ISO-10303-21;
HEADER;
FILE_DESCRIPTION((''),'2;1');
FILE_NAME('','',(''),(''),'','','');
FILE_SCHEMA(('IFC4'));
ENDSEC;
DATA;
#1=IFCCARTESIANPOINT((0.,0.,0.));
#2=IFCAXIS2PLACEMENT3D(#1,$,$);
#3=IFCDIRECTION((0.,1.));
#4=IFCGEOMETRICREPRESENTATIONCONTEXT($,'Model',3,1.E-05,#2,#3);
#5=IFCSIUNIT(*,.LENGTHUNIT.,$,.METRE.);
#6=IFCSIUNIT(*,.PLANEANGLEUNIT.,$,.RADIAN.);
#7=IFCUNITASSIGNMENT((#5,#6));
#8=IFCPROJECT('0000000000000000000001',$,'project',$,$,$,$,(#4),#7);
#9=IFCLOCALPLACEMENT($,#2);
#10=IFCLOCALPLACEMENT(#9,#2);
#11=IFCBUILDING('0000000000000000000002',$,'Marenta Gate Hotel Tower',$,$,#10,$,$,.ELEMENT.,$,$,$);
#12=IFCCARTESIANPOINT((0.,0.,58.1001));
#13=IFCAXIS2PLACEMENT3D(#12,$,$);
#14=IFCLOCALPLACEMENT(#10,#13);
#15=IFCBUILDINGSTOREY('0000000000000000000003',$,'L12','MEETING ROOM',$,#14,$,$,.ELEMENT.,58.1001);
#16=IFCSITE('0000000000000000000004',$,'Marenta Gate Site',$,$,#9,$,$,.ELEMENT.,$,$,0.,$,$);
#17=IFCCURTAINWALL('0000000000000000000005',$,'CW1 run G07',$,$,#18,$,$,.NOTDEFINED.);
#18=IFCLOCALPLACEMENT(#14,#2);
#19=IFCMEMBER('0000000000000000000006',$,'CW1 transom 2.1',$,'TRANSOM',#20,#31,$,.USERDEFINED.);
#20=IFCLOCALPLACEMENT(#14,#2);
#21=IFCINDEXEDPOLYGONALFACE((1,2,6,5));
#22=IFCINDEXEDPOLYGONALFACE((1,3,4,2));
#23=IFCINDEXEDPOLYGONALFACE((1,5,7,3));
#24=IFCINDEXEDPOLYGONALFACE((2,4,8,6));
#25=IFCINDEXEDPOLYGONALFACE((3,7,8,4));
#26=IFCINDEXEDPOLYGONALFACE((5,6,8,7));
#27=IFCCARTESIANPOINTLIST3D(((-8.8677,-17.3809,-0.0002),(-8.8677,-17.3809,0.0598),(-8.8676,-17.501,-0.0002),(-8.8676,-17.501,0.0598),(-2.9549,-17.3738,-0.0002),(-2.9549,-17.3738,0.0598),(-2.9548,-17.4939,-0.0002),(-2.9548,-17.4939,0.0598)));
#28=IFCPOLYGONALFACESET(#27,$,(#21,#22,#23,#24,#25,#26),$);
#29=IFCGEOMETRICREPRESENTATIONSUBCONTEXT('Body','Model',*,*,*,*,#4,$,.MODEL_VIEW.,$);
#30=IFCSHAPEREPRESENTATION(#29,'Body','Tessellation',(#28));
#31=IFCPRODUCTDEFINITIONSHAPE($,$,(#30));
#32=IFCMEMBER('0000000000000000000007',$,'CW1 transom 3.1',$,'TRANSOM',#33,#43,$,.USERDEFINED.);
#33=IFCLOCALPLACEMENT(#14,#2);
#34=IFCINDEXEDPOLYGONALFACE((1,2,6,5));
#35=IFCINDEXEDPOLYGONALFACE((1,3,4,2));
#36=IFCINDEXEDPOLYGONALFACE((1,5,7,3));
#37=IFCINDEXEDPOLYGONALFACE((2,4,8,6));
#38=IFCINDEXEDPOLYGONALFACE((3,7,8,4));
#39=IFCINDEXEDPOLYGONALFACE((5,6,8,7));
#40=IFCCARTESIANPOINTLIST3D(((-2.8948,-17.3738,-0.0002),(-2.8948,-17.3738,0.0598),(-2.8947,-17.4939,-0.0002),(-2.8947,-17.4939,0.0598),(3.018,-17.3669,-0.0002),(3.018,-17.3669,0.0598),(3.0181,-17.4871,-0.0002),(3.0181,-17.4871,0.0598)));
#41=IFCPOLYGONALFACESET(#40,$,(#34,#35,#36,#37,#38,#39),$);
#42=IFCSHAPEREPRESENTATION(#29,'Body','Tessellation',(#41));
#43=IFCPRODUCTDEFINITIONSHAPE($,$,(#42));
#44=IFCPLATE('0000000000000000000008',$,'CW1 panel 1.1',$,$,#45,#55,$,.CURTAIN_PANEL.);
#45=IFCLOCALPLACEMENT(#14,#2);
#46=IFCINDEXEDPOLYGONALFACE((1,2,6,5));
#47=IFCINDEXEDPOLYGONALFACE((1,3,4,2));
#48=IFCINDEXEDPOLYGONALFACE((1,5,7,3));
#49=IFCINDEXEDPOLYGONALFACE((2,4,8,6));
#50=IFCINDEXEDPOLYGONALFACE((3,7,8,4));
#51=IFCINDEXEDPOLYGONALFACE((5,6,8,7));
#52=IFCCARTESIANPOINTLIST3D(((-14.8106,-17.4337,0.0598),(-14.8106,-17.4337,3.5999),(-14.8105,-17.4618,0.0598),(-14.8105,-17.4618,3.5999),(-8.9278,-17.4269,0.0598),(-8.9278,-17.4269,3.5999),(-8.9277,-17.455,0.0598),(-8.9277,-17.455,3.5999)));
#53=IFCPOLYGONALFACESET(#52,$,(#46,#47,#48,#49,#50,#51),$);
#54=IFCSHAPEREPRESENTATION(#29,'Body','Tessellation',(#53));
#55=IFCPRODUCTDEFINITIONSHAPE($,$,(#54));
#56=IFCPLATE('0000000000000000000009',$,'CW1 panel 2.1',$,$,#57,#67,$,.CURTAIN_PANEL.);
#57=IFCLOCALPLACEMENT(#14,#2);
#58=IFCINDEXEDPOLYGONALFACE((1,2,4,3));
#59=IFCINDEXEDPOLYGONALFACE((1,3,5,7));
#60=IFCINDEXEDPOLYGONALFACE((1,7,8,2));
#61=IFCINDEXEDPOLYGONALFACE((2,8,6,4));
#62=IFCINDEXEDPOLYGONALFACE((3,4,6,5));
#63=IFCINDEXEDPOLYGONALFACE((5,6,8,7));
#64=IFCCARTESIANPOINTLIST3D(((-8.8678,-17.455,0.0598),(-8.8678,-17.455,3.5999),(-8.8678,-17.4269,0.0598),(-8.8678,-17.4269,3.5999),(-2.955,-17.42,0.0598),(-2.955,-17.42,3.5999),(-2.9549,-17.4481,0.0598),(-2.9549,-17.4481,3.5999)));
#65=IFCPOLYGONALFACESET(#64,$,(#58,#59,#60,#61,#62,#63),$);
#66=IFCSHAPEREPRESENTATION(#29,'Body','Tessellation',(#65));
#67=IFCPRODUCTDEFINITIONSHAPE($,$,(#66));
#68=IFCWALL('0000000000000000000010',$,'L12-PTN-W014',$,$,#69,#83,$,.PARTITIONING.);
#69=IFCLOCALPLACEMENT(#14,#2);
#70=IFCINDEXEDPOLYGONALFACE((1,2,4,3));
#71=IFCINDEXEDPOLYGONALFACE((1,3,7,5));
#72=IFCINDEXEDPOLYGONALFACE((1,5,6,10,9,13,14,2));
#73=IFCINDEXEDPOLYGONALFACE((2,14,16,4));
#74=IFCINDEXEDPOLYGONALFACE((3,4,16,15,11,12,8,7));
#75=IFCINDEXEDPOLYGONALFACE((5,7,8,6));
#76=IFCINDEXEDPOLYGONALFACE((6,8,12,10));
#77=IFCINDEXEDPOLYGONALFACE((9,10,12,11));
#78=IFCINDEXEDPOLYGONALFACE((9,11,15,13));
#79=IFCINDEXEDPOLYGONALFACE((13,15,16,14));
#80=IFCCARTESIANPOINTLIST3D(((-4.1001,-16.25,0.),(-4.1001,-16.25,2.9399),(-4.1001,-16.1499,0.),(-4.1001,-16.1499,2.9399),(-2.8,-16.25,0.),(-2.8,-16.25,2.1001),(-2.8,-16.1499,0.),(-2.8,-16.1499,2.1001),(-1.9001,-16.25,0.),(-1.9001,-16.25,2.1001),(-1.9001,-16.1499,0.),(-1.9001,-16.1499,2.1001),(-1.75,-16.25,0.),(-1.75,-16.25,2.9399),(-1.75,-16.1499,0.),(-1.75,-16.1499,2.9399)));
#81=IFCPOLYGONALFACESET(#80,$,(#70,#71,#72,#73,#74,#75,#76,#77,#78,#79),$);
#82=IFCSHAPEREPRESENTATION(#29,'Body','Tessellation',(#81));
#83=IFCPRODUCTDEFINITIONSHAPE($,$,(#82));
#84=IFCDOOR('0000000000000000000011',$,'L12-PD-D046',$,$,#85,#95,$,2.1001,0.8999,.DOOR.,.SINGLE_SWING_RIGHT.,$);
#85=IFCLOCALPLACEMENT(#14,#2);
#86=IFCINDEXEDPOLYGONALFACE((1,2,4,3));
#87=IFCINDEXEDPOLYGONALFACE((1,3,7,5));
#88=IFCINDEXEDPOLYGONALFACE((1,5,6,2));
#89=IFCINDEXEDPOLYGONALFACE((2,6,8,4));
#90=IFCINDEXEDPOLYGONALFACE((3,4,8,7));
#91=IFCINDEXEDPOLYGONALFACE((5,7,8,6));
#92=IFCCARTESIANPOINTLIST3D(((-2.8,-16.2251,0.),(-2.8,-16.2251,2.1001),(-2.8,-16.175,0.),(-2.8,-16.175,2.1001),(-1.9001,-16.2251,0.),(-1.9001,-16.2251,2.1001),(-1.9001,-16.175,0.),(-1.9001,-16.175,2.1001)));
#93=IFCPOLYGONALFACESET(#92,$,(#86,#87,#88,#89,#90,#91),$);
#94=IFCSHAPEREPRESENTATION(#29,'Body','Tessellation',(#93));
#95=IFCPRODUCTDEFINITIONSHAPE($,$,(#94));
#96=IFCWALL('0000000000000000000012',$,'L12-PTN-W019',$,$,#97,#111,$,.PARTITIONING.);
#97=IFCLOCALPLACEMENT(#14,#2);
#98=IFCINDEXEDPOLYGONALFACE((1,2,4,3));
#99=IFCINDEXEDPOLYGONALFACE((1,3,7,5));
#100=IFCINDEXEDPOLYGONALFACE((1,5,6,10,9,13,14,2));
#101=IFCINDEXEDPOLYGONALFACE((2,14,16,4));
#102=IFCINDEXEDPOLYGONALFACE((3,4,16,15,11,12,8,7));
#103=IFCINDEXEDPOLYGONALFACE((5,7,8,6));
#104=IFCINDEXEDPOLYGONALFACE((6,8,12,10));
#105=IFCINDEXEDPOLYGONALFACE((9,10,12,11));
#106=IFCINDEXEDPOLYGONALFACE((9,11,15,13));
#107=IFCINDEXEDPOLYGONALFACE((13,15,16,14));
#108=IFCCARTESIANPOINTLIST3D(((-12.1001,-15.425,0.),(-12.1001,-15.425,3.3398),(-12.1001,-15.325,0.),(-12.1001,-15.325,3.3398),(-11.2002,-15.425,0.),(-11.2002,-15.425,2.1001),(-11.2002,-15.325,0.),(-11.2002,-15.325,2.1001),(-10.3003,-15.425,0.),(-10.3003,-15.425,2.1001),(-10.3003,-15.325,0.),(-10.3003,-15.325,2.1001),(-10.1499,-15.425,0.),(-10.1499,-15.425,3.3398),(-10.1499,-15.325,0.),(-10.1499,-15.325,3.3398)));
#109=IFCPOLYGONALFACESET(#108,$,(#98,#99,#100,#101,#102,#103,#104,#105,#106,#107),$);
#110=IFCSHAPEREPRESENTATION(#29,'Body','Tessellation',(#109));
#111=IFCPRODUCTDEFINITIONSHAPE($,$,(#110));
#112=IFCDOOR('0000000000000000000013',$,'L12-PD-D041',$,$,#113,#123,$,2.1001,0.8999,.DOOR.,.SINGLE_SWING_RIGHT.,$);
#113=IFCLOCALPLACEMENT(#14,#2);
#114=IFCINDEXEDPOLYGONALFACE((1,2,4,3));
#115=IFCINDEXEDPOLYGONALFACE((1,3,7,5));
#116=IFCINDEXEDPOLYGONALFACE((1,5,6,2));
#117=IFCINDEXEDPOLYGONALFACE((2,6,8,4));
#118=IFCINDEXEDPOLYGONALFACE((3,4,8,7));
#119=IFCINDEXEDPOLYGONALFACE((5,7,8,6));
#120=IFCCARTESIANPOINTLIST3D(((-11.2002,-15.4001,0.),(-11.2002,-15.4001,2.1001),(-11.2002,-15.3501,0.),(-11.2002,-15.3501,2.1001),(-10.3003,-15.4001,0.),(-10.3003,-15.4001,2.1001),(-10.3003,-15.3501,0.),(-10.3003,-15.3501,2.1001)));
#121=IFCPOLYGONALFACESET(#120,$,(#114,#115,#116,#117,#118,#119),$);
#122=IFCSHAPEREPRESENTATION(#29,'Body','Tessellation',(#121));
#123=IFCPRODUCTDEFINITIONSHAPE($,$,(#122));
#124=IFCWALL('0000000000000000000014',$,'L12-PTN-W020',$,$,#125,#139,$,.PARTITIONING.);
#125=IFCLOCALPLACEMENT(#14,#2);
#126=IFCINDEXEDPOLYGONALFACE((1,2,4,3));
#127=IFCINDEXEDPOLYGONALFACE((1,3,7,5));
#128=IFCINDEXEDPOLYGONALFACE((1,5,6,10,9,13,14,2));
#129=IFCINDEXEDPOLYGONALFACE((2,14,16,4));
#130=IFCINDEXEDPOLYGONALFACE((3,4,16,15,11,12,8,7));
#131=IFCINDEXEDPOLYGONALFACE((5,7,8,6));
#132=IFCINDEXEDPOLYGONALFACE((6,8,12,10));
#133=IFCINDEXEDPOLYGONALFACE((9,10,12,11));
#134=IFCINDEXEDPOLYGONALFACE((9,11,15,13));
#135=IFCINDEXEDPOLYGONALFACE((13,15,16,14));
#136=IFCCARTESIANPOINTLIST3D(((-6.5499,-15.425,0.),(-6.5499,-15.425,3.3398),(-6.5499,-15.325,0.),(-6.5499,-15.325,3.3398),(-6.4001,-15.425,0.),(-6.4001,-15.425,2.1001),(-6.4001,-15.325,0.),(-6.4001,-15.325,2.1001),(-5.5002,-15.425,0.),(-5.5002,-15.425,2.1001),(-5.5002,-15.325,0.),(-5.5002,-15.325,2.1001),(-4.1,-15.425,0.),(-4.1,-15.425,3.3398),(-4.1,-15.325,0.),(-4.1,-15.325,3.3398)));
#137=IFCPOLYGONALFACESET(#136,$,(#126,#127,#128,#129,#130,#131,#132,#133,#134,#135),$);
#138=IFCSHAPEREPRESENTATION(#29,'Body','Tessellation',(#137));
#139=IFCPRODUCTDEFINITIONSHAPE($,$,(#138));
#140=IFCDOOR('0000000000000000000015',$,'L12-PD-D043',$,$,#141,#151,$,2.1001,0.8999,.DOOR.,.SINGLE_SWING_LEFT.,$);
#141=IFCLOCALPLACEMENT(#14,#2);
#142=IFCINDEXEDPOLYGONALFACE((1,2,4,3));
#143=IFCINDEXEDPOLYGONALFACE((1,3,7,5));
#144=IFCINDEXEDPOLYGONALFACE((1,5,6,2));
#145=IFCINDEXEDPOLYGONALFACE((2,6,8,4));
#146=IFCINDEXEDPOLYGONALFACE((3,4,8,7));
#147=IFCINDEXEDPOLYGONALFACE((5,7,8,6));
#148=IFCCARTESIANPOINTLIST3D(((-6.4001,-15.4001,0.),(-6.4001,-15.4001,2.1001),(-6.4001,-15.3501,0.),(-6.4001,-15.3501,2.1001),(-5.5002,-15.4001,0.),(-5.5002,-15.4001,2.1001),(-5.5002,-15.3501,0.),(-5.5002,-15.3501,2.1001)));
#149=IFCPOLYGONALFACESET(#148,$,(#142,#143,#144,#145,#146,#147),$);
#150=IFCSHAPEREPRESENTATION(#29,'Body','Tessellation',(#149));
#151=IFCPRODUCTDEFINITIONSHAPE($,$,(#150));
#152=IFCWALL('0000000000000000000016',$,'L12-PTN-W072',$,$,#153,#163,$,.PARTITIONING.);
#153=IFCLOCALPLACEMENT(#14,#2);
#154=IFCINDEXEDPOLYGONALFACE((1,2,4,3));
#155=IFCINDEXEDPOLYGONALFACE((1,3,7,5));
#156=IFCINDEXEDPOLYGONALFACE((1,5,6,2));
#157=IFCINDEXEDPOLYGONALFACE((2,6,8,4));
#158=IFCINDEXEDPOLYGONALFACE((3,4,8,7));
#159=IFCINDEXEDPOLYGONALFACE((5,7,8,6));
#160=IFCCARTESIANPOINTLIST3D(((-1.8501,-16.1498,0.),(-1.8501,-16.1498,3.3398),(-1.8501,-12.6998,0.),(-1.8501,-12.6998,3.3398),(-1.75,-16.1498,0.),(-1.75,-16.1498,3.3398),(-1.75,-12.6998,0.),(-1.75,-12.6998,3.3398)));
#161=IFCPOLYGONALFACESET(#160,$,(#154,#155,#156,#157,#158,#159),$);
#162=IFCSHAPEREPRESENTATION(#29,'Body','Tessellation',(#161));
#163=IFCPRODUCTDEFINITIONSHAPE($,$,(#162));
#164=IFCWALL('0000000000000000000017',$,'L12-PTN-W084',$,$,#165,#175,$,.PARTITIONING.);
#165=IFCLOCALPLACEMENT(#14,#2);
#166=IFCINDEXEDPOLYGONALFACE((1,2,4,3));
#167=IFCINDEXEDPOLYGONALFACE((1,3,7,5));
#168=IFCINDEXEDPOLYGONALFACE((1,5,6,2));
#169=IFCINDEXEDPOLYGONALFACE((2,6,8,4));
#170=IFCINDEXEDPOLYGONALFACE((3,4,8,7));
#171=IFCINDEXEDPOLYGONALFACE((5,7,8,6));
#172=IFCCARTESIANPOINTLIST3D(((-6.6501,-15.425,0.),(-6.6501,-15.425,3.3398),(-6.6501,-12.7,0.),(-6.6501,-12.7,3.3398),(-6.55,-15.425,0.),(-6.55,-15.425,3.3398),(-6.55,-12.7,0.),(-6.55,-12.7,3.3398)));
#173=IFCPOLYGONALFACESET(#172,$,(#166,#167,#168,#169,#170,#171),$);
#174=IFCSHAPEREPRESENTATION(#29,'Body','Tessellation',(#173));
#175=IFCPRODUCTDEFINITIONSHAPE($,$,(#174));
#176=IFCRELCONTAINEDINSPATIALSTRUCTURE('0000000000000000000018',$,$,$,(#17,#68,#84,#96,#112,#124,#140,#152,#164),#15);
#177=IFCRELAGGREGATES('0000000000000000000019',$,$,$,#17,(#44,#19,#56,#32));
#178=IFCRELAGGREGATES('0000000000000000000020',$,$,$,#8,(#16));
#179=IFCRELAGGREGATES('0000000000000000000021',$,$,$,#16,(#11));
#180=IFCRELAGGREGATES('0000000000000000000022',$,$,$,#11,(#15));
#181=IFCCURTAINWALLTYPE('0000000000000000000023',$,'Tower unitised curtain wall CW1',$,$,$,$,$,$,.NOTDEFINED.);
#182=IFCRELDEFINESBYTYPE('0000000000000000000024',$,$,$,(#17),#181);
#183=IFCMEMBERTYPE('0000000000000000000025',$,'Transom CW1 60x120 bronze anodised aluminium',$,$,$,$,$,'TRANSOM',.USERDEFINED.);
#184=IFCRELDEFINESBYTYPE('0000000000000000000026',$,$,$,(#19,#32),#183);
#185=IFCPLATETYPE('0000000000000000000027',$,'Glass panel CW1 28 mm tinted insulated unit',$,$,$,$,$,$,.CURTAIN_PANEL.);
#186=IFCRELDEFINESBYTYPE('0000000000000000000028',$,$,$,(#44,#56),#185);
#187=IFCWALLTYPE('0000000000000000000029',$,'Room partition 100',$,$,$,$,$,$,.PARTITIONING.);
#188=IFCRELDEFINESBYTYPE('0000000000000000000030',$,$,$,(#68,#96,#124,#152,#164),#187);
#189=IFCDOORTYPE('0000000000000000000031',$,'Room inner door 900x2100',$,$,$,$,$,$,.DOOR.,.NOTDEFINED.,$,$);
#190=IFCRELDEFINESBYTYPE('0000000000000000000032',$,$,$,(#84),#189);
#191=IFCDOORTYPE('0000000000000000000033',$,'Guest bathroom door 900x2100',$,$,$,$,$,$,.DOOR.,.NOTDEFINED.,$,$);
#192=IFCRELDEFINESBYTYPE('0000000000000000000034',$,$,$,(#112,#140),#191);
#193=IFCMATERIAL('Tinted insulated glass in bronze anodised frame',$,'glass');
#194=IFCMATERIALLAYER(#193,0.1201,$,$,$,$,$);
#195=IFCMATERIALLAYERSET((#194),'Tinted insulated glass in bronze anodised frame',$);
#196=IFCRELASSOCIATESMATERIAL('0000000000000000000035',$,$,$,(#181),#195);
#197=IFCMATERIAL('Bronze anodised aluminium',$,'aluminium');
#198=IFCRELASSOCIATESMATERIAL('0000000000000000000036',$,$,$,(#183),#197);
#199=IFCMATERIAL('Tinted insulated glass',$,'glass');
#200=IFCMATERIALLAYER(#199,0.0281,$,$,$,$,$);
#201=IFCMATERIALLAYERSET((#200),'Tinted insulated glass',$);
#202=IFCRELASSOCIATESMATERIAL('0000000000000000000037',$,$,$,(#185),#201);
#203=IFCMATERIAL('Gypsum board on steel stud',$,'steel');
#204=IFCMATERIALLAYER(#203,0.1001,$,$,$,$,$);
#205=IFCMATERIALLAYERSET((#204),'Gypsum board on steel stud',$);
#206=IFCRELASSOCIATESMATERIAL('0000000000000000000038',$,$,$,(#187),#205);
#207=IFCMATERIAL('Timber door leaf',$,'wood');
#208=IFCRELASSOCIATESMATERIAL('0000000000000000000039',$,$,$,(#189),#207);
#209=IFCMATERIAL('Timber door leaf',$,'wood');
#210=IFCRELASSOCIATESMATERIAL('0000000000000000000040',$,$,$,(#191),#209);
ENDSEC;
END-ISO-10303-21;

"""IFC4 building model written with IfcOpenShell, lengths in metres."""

from ifc_helpers import new_model, si_unit, direction, frame, frame_2d, origin, origin_2d, place, context, subcontext, project, spatial, rectangle, extrude, material, layer, layer_set, material_profile, profile_set, type_object, element, fill, aggregate, save


model = new_model("IFC4")

# Units and contexts
model_context = context("Model", 3, precision=1e-05, world=origin(), true_north=direction((0.0, 1.0)))
body_context = subcontext(model_context, "Body", "Model", "MODEL_VIEW")
ifc_project = project(units=[si_unit("LENGTHUNIT", "METRE"), si_unit("PLANEANGLEUNIT", "RADIAN")], contexts=[model_context])

# Site, building, storey
site_placement = place(None, origin())
site = spatial("IfcSite", under=ifc_project, at=site_placement, Name="Marenta Gate Site", CompositionType="ELEMENT", RefElevation=0.0)
building_placement = place(site_placement, origin())
building = spatial("IfcBuilding", under=site, at=building_placement, Name="Marenta Gate Hotel Tower", CompositionType="ELEMENT")
storey_placement = place(building_placement, frame((0.0, 0.0, 58.1001)))
storey = spatial("IfcBuildingStorey", under=building, at=storey_placement, Name="L12", Description="MEETING ROOM", CompositionType="ELEMENT", Elevation=58.1001)

# Curtain wall, members, plates
ifc_material_1 = material(Name="Tinted insulated glass in bronze anodised frame", Category="glass")
ifc_layer_1 = layer(ifc_material_1, 0.1201)
ifc_layer_set_1 = layer_set([ifc_layer_1], Name="Tinted insulated glass in bronze anodised frame")
curtain_wall_type = type_object("IfcCurtainWallType", Name="Tower unitised curtain wall CW1", PredefinedType="NOTDEFINED", material=ifc_layer_set_1)
curtain_wall_placement = place(storey_placement, origin())
curtain_wall = element("IfcCurtainWall", 1, at=curtain_wall_placement, inside=storey, type_object=curtain_wall_type, Name="CW1 run G07", PredefinedType="NOTDEFINED")
ifc_material_2 = material(Name="Bronze anodised aluminium", Category="aluminium")
ifc_material_profile_1 = material_profile(ifc_material_2, rectangle(XDim=0.1201, YDim=0.0601, at=origin_2d()), Name="Transom CW1 60x120 bronze anodised aluminium")
ifc_profile_set_1 = profile_set([ifc_material_profile_1], Name="Bronze anodised aluminium")
member_type_1 = type_object("IfcMemberType", Name="Transom CW1 60x120 bronze anodised aluminium", ElementType="TRANSOM", PredefinedType="USERDEFINED", material=ifc_profile_set_1)
member_1_placement = place(storey_placement, frame((-8.8677, -17.4409, 0.0298), z_axis=(0.999999, 0.001197, 0.0), x_axis=(-0.001197, 0.999999, 0.0)))
member_1 = element("IfcMember", 2, at=member_1_placement, type_object=member_type_1, Name="CW1 transom 2.1", ObjectType="TRANSOM", PredefinedType="USERDEFINED", context=body_context, shape_type="SweptSolid", body=[
    extrude(rectangle(XDim=0.1201, YDim=0.0601, at=origin_2d()), origin(), (0.0, 0.0, 1.0), 5.9128),
])
member_2_placement = place(storey_placement, frame((-2.8948, -17.4338, 0.0298), z_axis=(0.999999, 0.001156, 0.0), x_axis=(-0.001156, 0.999999, 0.0)))
member_2 = element("IfcMember", 3, at=member_2_placement, type_object=member_type_1, Name="CW1 transom 3.1", ObjectType="TRANSOM", PredefinedType="USERDEFINED", context=body_context, shape_type="SweptSolid", body=[
    extrude(rectangle(XDim=0.1201, YDim=0.0601, at=origin_2d()), origin(), (0.0, 0.0, 1.0), 5.9128),
])
ifc_material_3 = material(Name="Tinted insulated glass", Category="glass")
ifc_layer_2 = layer(ifc_material_3, 0.0281)
ifc_layer_set_2 = layer_set([ifc_layer_2], Name="Tinted insulated glass")
plate_type = type_object("IfcPlateType", Name="Glass panel CW1 28 mm tinted insulated unit", PredefinedType="CURTAIN_PANEL", material=ifc_layer_set_2)
plate_1_placement = place(storey_placement, frame((-11.8691, -17.4443, 0.0598), z_axis=(0.0, 0.0, 1.0), x_axis=(0.999999, 0.001162, 0.0)))
plate_1 = element("IfcPlate", 4, at=plate_1_placement, type_object=plate_type, Name="CW1 panel 1.1", PredefinedType="CURTAIN_PANEL", context=body_context, shape_type="SweptSolid", body=[
    extrude(rectangle(XDim=5.8828, YDim=0.0281, at=origin_2d()), origin(), (0.0, 0.0, 1.0), 3.54),
])
plate_2_placement = place(storey_placement, frame((-5.9114, -17.4375, 0.0598), z_axis=(0.0, 0.0, 1.0), x_axis=(0.999999, 0.001162, 0.0)))
plate_2 = element("IfcPlate", 5, at=plate_2_placement, type_object=plate_type, Name="CW1 panel 2.1", PredefinedType="CURTAIN_PANEL", context=body_context, shape_type="SweptSolid", body=[
    extrude(rectangle(XDim=5.9128, YDim=0.0281, at=origin_2d()), origin(), (0.0, 0.0, 1.0), 3.54),
])
aggregate(curtain_wall, [plate_1, member_1, plate_2, member_2])

# Walls, openings, doors
ifc_material_4 = material(Name="Gypsum board on steel stud", Category="steel")
ifc_layer_3 = layer(ifc_material_4, 0.1001)
ifc_layer_set_3 = layer_set([ifc_layer_3], Name="Gypsum board on steel stud")
wall_type_1 = type_object("IfcWallType", Name="Room partition 100", PredefinedType="PARTITIONING", material=ifc_layer_set_3)
wall_1_placement = place(storey_placement, frame((-4.1001, -16.2, 0.0), z_axis=(0.0, 0.0, 1.0), x_axis=(1.0, 0.0, 0.0)))
wall_1 = element("IfcWall", 6, at=wall_1_placement, inside=storey, type_object=wall_type_1, Name="L12-PTN-W014", PredefinedType="PARTITIONING", context=body_context, shape_type="SweptSolid", body=[
    extrude(rectangle(XDim=2.3501, YDim=0.1001, at=frame_2d((1.175, 0.0))), origin(), (0.0, 0.0, 1.0), 2.9399),
])
opening_1_placement = place(wall_1_placement, frame((1.3, 0.0, 0.0)))
opening_1 = element("IfcOpeningElement", 7, at=opening_1_placement, cuts=wall_1, PredefinedType="OPENING", context=body_context, shape_type="SweptSolid", body=[
    extrude(rectangle(XDim=0.8999, YDim=2.1001, at=frame_2d((0.45, 1.05))), frame((0.0, 0.05, 0.0), z_axis=(0.0, -1.0, 0.0), x_axis=(1.0, 0.0, 0.0)), (0.0, 0.0, 1.0), 0.1001),
])
ifc_material_5 = material(Name="Timber door leaf", Category="wood")
door_type_1 = type_object("IfcDoorType", Name="Room inner door 900x2100", OperationType="NOTDEFINED", PredefinedType="DOOR", material=ifc_material_5)
door_1_placement = place(opening_1_placement, origin())
door_1 = element("IfcDoor", 8, at=door_1_placement, inside=storey, type_object=door_type_1, Name="L12-PD-D046", OperationType="SINGLE_SWING_RIGHT", OverallHeight=2.1001, OverallWidth=0.8999, PredefinedType="DOOR", context=body_context, shape_type="SweptSolid", body=[
    extrude(rectangle(XDim=0.8999, YDim=2.1001, at=frame_2d((0.45, 1.05))), frame((0.0, 0.0249, 0.0), z_axis=(0.0, -1.0, 0.0), x_axis=(1.0, 0.0, 0.0)), (0.0, 0.0, 1.0), 0.05),
])
fill(opening_1, door_1)
wall_2_placement = place(storey_placement, frame((-12.1001, -15.375, 0.0), z_axis=(0.0, 0.0, 1.0), x_axis=(1.0, 0.0, 0.0)))
wall_2 = element("IfcWall", 9, at=wall_2_placement, inside=storey, type_object=wall_type_1, Name="L12-PTN-W019", PredefinedType="PARTITIONING", context=body_context, shape_type="SweptSolid", body=[
    extrude(rectangle(XDim=1.9502, YDim=0.1001, at=frame_2d((0.9751, 0.0))), origin(), (0.0, 0.0, 1.0), 3.3398),
])
opening_2_placement = place(wall_2_placement, frame((0.8999, 0.0, 0.0)))
opening_2 = element("IfcOpeningElement", 10, at=opening_2_placement, cuts=wall_2, PredefinedType="OPENING", context=body_context, shape_type="SweptSolid", body=[
    extrude(rectangle(XDim=0.8999, YDim=2.1001, at=frame_2d((0.45, 1.05))), frame((0.0, 0.05, 0.0), z_axis=(0.0, -1.0, 0.0), x_axis=(1.0, 0.0, 0.0)), (0.0, 0.0, 1.0), 0.1001),
])
ifc_material_6 = material(Name="Timber door leaf", Category="wood")
door_type_2 = type_object("IfcDoorType", Name="Guest bathroom door 900x2100", OperationType="NOTDEFINED", PredefinedType="DOOR", material=ifc_material_6)
door_2_placement = place(opening_2_placement, origin())
door_2 = element("IfcDoor", 11, at=door_2_placement, inside=storey, type_object=door_type_2, Name="L12-PD-D041", OperationType="SINGLE_SWING_RIGHT", OverallHeight=2.1001, OverallWidth=0.8999, PredefinedType="DOOR", context=body_context, shape_type="SweptSolid", body=[
    extrude(rectangle(XDim=0.8999, YDim=2.1001, at=frame_2d((0.45, 1.05))), frame((0.0, 0.0249, 0.0), z_axis=(0.0, -1.0, 0.0), x_axis=(1.0, 0.0, 0.0)), (0.0, 0.0, 1.0), 0.05),
])
fill(opening_2, door_2)
wall_3_placement = place(storey_placement, frame((-6.55, -15.375, 0.0), z_axis=(0.0, 0.0, 1.0), x_axis=(1.0, 0.0, 0.0)))
wall_3 = element("IfcWall", 12, at=wall_3_placement, inside=storey, type_object=wall_type_1, Name="L12-PTN-W020", PredefinedType="PARTITIONING", context=body_context, shape_type="SweptSolid", body=[
    extrude(rectangle(XDim=2.45, YDim=0.1001, at=frame_2d((1.2251, 0.0))), origin(), (0.0, 0.0, 1.0), 3.3398),
])
opening_3_placement = place(wall_3_placement, frame((0.1499, 0.0, 0.0)))
opening_3 = element("IfcOpeningElement", 13, at=opening_3_placement, cuts=wall_3, PredefinedType="OPENING", context=body_context, shape_type="SweptSolid", body=[
    extrude(rectangle(XDim=0.8999, YDim=2.1001, at=frame_2d((0.45, 1.05))), frame((0.0, 0.05, 0.0), z_axis=(0.0, -1.0, 0.0), x_axis=(1.0, 0.0, 0.0)), (0.0, 0.0, 1.0), 0.1001),
])
door_3_placement = place(opening_3_placement, origin())
door_3 = element("IfcDoor", 14, at=door_3_placement, inside=storey, type_object=door_type_2, Name="L12-PD-D043", OperationType="SINGLE_SWING_LEFT", OverallHeight=2.1001, OverallWidth=0.8999, PredefinedType="DOOR", context=body_context, shape_type="SweptSolid", body=[
    extrude(rectangle(XDim=0.8999, YDim=2.1001, at=frame_2d((0.45, 1.05))), frame((0.0, 0.0249, 0.0), z_axis=(0.0, -1.0, 0.0), x_axis=(1.0, 0.0, 0.0)), (0.0, 0.0, 1.0), 0.05),
])
fill(opening_3, door_3)

# Walls
wall_4_placement = place(storey_placement, frame((-1.8, -16.1499, 0.0), z_axis=(0.0, 0.0, 1.0), x_axis=(0.0, 1.0, 0.0)))
element("IfcWall", 15, at=wall_4_placement, inside=storey, type_object=wall_type_1, Name="L12-PTN-W072", PredefinedType="PARTITIONING", context=body_context, shape_type="SweptSolid", body=[
    extrude(rectangle(XDim=3.45, YDim=0.1001, at=frame_2d((1.7251, 0.0))), origin(), (0.0, 0.0, 1.0), 3.3398),
])
wall_5_placement = place(storey_placement, frame((-6.6001, -15.425, 0.0), z_axis=(0.0, 0.0, 1.0), x_axis=(0.0, 1.0, 0.0)))
element("IfcWall", 16, at=wall_5_placement, inside=storey, type_object=wall_type_1, Name="L12-PTN-W084", PredefinedType="PARTITIONING", context=body_context, shape_type="SweptSolid", body=[
    extrude(rectangle(XDim=2.7251, YDim=0.1001, at=frame_2d((1.3625, 0.0))), origin(), (0.0, 0.0, 1.0), 3.3398),
])

save(model, "model.ifc")
